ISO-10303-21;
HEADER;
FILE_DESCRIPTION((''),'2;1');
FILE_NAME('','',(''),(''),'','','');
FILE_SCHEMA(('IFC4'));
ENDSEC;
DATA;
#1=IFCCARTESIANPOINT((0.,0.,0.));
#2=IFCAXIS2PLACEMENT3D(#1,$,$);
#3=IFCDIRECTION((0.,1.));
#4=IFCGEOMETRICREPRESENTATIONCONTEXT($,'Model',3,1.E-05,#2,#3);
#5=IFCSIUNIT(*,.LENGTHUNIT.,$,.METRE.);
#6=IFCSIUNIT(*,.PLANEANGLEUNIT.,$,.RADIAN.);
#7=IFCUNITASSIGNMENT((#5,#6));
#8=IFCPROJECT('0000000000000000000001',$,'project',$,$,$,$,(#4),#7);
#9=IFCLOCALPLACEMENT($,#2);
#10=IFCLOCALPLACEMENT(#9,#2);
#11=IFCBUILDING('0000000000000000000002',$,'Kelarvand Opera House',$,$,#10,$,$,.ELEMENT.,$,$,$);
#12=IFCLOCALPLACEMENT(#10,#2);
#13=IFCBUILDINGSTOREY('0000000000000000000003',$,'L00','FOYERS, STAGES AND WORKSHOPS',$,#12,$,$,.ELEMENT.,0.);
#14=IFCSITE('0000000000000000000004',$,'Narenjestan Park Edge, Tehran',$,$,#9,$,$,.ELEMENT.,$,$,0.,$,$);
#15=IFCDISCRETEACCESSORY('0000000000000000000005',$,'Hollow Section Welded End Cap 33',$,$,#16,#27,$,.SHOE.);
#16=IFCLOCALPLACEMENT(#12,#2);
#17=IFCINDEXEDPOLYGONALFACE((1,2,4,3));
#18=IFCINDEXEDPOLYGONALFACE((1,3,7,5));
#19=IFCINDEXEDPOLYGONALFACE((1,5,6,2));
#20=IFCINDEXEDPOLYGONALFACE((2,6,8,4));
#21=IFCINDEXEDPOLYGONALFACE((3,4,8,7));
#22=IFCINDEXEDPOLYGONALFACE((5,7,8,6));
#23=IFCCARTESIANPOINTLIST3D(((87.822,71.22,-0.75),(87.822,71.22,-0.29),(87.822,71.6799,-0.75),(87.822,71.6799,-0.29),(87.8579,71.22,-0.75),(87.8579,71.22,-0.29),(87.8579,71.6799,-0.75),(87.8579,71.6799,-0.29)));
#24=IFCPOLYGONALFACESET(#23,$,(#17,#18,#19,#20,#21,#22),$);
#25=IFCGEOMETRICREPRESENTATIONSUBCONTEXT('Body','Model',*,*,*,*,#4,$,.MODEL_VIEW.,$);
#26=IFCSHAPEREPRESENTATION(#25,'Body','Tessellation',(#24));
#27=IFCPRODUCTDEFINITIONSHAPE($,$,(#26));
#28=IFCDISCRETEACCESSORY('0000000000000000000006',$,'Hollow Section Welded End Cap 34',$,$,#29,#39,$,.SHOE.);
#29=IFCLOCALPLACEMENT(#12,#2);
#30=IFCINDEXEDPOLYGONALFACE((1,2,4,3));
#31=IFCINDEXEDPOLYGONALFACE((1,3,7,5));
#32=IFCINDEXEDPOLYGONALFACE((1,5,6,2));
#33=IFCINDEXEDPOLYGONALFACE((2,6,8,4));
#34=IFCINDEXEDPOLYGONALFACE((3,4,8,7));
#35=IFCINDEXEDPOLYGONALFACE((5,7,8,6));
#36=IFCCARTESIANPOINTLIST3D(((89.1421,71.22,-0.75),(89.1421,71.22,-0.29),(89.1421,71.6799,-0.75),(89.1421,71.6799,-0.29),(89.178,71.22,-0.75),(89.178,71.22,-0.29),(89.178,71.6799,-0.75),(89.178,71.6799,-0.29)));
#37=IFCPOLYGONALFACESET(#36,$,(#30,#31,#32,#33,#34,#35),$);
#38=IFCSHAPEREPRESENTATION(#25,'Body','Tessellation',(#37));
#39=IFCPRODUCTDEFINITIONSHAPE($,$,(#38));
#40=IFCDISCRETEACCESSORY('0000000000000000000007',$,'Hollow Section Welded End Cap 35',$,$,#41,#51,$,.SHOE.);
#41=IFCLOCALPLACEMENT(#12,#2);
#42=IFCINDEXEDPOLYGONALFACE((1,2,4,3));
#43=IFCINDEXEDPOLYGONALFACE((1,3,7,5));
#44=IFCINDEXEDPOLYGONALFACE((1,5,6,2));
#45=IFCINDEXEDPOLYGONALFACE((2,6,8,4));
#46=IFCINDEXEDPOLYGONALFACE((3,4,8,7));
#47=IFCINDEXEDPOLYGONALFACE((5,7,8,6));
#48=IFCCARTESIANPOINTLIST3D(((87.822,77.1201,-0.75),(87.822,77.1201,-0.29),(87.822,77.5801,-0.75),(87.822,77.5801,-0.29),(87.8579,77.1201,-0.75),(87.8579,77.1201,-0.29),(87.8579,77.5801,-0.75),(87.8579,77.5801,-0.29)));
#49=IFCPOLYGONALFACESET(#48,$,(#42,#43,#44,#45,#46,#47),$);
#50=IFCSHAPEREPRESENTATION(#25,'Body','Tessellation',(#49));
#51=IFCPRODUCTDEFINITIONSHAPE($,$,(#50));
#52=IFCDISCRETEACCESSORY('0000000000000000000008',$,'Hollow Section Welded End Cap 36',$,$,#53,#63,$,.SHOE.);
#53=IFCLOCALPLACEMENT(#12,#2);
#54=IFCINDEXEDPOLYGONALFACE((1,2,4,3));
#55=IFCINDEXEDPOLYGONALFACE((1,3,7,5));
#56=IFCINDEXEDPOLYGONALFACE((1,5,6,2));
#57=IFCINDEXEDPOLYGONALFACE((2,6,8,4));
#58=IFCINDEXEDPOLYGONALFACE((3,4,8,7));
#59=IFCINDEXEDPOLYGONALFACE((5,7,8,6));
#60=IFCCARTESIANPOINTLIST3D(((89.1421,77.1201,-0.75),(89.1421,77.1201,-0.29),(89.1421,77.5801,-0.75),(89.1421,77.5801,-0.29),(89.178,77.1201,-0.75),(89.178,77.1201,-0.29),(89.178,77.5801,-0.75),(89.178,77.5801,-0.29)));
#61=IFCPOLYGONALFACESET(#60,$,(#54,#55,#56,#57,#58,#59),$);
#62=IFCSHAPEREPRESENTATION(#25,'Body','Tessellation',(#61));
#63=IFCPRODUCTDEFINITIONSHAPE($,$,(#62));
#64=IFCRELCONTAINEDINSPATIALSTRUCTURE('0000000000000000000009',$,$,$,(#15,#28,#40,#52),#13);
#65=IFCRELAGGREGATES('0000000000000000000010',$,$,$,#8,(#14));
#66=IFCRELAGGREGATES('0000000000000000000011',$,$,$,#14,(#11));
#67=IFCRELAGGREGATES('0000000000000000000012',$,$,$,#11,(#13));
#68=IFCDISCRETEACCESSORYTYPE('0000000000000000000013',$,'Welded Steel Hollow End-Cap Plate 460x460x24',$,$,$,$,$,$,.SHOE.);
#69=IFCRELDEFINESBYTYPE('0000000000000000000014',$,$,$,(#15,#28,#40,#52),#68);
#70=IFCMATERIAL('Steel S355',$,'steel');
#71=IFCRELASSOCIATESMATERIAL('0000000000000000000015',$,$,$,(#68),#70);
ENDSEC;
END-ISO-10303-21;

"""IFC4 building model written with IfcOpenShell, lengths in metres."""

from ifc_helpers import new_model, si_unit, direction, frame, origin, origin_2d, place, context, subcontext, project, spatial, rectangle, extrude, material, material_profile, profile_set, type_object, element, save


model = new_model("IFC4")

# Units and contexts
model_context = context("Model", 3, precision=1e-05, world=origin(), true_north=direction((0.0, 1.0)))
body_context = subcontext(model_context, "Body", "Model", "MODEL_VIEW")
ifc_project = project(units=[si_unit("LENGTHUNIT", "METRE"), si_unit("PLANEANGLEUNIT", "RADIAN")], contexts=[model_context])

# Site, building, storey
site_placement = place(None, origin())
site = spatial("IfcSite", under=ifc_project, at=site_placement, Name="Narenjestan Park Edge, Tehran", CompositionType="ELEMENT", RefElevation=0.0)
building_placement = place(site_placement, origin())
building = spatial("IfcBuilding", under=site, at=building_placement, Name="Kelarvand Opera House", CompositionType="ELEMENT")
storey_placement = place(building_placement, origin())
storey = spatial("IfcBuildingStorey", under=building, at=storey_placement, Name="L00", Description="FOYERS, STAGES AND WORKSHOPS", CompositionType="ELEMENT", Elevation=0.0)

# Shared definitions
ifc_material_1 = material(Name="Steel S355", Category="steel")

# Discrete accessories
ifc_material_profile_1 = material_profile(ifc_material_1, rectangle(XDim=0.46, YDim=0.46, at=origin_2d()), Name="Welded Steel Hollow End-Cap Plate 460x460x24", Category="steel")
ifc_profile_set_1 = profile_set([ifc_material_profile_1], Name="Steel S355")
discrete_accessory_type_1 = type_object("IfcDiscreteAccessoryType", Name="Welded Steel Hollow End-Cap Plate 460x460x24", PredefinedType="SHOE", material=ifc_profile_set_1)
for number, where, z_axis, x_axis, name in (
    (1, (87.8579, 71.45, -0.52), (-1.0, 0.0, 0.0), (0.0, -1.0, 0.0), "Hollow Section Welded End Cap 33"),
    (2, (89.1421, 71.45, -0.52), (1.0, 0.0, 0.0), (0.0, 1.0, 0.0), "Hollow Section Welded End Cap 34"),
    (3, (87.8579, 77.3501, -0.52), (-1.0, 0.0, 0.0), (0.0, -1.0, 0.0), "Hollow Section Welded End Cap 35"),
    (4, (89.1421, 77.3501, -0.52), (1.0, 0.0, 0.0), (0.0, 1.0, 0.0), "Hollow Section Welded End Cap 36"),
):
    element("IfcDiscreteAccessory", number, at=place(storey_placement, frame(where, z_axis=z_axis, x_axis=x_axis)), inside=storey, type_object=discrete_accessory_type_1, Name=name, PredefinedType="SHOE", context=body_context, shape_type="SweptSolid", body=[
        extrude(rectangle(XDim=0.46, YDim=0.46, at=origin_2d()), origin(), (0.0, 0.0, 1.0), 0.0359),
    ])

save(model, "model.ifc")
